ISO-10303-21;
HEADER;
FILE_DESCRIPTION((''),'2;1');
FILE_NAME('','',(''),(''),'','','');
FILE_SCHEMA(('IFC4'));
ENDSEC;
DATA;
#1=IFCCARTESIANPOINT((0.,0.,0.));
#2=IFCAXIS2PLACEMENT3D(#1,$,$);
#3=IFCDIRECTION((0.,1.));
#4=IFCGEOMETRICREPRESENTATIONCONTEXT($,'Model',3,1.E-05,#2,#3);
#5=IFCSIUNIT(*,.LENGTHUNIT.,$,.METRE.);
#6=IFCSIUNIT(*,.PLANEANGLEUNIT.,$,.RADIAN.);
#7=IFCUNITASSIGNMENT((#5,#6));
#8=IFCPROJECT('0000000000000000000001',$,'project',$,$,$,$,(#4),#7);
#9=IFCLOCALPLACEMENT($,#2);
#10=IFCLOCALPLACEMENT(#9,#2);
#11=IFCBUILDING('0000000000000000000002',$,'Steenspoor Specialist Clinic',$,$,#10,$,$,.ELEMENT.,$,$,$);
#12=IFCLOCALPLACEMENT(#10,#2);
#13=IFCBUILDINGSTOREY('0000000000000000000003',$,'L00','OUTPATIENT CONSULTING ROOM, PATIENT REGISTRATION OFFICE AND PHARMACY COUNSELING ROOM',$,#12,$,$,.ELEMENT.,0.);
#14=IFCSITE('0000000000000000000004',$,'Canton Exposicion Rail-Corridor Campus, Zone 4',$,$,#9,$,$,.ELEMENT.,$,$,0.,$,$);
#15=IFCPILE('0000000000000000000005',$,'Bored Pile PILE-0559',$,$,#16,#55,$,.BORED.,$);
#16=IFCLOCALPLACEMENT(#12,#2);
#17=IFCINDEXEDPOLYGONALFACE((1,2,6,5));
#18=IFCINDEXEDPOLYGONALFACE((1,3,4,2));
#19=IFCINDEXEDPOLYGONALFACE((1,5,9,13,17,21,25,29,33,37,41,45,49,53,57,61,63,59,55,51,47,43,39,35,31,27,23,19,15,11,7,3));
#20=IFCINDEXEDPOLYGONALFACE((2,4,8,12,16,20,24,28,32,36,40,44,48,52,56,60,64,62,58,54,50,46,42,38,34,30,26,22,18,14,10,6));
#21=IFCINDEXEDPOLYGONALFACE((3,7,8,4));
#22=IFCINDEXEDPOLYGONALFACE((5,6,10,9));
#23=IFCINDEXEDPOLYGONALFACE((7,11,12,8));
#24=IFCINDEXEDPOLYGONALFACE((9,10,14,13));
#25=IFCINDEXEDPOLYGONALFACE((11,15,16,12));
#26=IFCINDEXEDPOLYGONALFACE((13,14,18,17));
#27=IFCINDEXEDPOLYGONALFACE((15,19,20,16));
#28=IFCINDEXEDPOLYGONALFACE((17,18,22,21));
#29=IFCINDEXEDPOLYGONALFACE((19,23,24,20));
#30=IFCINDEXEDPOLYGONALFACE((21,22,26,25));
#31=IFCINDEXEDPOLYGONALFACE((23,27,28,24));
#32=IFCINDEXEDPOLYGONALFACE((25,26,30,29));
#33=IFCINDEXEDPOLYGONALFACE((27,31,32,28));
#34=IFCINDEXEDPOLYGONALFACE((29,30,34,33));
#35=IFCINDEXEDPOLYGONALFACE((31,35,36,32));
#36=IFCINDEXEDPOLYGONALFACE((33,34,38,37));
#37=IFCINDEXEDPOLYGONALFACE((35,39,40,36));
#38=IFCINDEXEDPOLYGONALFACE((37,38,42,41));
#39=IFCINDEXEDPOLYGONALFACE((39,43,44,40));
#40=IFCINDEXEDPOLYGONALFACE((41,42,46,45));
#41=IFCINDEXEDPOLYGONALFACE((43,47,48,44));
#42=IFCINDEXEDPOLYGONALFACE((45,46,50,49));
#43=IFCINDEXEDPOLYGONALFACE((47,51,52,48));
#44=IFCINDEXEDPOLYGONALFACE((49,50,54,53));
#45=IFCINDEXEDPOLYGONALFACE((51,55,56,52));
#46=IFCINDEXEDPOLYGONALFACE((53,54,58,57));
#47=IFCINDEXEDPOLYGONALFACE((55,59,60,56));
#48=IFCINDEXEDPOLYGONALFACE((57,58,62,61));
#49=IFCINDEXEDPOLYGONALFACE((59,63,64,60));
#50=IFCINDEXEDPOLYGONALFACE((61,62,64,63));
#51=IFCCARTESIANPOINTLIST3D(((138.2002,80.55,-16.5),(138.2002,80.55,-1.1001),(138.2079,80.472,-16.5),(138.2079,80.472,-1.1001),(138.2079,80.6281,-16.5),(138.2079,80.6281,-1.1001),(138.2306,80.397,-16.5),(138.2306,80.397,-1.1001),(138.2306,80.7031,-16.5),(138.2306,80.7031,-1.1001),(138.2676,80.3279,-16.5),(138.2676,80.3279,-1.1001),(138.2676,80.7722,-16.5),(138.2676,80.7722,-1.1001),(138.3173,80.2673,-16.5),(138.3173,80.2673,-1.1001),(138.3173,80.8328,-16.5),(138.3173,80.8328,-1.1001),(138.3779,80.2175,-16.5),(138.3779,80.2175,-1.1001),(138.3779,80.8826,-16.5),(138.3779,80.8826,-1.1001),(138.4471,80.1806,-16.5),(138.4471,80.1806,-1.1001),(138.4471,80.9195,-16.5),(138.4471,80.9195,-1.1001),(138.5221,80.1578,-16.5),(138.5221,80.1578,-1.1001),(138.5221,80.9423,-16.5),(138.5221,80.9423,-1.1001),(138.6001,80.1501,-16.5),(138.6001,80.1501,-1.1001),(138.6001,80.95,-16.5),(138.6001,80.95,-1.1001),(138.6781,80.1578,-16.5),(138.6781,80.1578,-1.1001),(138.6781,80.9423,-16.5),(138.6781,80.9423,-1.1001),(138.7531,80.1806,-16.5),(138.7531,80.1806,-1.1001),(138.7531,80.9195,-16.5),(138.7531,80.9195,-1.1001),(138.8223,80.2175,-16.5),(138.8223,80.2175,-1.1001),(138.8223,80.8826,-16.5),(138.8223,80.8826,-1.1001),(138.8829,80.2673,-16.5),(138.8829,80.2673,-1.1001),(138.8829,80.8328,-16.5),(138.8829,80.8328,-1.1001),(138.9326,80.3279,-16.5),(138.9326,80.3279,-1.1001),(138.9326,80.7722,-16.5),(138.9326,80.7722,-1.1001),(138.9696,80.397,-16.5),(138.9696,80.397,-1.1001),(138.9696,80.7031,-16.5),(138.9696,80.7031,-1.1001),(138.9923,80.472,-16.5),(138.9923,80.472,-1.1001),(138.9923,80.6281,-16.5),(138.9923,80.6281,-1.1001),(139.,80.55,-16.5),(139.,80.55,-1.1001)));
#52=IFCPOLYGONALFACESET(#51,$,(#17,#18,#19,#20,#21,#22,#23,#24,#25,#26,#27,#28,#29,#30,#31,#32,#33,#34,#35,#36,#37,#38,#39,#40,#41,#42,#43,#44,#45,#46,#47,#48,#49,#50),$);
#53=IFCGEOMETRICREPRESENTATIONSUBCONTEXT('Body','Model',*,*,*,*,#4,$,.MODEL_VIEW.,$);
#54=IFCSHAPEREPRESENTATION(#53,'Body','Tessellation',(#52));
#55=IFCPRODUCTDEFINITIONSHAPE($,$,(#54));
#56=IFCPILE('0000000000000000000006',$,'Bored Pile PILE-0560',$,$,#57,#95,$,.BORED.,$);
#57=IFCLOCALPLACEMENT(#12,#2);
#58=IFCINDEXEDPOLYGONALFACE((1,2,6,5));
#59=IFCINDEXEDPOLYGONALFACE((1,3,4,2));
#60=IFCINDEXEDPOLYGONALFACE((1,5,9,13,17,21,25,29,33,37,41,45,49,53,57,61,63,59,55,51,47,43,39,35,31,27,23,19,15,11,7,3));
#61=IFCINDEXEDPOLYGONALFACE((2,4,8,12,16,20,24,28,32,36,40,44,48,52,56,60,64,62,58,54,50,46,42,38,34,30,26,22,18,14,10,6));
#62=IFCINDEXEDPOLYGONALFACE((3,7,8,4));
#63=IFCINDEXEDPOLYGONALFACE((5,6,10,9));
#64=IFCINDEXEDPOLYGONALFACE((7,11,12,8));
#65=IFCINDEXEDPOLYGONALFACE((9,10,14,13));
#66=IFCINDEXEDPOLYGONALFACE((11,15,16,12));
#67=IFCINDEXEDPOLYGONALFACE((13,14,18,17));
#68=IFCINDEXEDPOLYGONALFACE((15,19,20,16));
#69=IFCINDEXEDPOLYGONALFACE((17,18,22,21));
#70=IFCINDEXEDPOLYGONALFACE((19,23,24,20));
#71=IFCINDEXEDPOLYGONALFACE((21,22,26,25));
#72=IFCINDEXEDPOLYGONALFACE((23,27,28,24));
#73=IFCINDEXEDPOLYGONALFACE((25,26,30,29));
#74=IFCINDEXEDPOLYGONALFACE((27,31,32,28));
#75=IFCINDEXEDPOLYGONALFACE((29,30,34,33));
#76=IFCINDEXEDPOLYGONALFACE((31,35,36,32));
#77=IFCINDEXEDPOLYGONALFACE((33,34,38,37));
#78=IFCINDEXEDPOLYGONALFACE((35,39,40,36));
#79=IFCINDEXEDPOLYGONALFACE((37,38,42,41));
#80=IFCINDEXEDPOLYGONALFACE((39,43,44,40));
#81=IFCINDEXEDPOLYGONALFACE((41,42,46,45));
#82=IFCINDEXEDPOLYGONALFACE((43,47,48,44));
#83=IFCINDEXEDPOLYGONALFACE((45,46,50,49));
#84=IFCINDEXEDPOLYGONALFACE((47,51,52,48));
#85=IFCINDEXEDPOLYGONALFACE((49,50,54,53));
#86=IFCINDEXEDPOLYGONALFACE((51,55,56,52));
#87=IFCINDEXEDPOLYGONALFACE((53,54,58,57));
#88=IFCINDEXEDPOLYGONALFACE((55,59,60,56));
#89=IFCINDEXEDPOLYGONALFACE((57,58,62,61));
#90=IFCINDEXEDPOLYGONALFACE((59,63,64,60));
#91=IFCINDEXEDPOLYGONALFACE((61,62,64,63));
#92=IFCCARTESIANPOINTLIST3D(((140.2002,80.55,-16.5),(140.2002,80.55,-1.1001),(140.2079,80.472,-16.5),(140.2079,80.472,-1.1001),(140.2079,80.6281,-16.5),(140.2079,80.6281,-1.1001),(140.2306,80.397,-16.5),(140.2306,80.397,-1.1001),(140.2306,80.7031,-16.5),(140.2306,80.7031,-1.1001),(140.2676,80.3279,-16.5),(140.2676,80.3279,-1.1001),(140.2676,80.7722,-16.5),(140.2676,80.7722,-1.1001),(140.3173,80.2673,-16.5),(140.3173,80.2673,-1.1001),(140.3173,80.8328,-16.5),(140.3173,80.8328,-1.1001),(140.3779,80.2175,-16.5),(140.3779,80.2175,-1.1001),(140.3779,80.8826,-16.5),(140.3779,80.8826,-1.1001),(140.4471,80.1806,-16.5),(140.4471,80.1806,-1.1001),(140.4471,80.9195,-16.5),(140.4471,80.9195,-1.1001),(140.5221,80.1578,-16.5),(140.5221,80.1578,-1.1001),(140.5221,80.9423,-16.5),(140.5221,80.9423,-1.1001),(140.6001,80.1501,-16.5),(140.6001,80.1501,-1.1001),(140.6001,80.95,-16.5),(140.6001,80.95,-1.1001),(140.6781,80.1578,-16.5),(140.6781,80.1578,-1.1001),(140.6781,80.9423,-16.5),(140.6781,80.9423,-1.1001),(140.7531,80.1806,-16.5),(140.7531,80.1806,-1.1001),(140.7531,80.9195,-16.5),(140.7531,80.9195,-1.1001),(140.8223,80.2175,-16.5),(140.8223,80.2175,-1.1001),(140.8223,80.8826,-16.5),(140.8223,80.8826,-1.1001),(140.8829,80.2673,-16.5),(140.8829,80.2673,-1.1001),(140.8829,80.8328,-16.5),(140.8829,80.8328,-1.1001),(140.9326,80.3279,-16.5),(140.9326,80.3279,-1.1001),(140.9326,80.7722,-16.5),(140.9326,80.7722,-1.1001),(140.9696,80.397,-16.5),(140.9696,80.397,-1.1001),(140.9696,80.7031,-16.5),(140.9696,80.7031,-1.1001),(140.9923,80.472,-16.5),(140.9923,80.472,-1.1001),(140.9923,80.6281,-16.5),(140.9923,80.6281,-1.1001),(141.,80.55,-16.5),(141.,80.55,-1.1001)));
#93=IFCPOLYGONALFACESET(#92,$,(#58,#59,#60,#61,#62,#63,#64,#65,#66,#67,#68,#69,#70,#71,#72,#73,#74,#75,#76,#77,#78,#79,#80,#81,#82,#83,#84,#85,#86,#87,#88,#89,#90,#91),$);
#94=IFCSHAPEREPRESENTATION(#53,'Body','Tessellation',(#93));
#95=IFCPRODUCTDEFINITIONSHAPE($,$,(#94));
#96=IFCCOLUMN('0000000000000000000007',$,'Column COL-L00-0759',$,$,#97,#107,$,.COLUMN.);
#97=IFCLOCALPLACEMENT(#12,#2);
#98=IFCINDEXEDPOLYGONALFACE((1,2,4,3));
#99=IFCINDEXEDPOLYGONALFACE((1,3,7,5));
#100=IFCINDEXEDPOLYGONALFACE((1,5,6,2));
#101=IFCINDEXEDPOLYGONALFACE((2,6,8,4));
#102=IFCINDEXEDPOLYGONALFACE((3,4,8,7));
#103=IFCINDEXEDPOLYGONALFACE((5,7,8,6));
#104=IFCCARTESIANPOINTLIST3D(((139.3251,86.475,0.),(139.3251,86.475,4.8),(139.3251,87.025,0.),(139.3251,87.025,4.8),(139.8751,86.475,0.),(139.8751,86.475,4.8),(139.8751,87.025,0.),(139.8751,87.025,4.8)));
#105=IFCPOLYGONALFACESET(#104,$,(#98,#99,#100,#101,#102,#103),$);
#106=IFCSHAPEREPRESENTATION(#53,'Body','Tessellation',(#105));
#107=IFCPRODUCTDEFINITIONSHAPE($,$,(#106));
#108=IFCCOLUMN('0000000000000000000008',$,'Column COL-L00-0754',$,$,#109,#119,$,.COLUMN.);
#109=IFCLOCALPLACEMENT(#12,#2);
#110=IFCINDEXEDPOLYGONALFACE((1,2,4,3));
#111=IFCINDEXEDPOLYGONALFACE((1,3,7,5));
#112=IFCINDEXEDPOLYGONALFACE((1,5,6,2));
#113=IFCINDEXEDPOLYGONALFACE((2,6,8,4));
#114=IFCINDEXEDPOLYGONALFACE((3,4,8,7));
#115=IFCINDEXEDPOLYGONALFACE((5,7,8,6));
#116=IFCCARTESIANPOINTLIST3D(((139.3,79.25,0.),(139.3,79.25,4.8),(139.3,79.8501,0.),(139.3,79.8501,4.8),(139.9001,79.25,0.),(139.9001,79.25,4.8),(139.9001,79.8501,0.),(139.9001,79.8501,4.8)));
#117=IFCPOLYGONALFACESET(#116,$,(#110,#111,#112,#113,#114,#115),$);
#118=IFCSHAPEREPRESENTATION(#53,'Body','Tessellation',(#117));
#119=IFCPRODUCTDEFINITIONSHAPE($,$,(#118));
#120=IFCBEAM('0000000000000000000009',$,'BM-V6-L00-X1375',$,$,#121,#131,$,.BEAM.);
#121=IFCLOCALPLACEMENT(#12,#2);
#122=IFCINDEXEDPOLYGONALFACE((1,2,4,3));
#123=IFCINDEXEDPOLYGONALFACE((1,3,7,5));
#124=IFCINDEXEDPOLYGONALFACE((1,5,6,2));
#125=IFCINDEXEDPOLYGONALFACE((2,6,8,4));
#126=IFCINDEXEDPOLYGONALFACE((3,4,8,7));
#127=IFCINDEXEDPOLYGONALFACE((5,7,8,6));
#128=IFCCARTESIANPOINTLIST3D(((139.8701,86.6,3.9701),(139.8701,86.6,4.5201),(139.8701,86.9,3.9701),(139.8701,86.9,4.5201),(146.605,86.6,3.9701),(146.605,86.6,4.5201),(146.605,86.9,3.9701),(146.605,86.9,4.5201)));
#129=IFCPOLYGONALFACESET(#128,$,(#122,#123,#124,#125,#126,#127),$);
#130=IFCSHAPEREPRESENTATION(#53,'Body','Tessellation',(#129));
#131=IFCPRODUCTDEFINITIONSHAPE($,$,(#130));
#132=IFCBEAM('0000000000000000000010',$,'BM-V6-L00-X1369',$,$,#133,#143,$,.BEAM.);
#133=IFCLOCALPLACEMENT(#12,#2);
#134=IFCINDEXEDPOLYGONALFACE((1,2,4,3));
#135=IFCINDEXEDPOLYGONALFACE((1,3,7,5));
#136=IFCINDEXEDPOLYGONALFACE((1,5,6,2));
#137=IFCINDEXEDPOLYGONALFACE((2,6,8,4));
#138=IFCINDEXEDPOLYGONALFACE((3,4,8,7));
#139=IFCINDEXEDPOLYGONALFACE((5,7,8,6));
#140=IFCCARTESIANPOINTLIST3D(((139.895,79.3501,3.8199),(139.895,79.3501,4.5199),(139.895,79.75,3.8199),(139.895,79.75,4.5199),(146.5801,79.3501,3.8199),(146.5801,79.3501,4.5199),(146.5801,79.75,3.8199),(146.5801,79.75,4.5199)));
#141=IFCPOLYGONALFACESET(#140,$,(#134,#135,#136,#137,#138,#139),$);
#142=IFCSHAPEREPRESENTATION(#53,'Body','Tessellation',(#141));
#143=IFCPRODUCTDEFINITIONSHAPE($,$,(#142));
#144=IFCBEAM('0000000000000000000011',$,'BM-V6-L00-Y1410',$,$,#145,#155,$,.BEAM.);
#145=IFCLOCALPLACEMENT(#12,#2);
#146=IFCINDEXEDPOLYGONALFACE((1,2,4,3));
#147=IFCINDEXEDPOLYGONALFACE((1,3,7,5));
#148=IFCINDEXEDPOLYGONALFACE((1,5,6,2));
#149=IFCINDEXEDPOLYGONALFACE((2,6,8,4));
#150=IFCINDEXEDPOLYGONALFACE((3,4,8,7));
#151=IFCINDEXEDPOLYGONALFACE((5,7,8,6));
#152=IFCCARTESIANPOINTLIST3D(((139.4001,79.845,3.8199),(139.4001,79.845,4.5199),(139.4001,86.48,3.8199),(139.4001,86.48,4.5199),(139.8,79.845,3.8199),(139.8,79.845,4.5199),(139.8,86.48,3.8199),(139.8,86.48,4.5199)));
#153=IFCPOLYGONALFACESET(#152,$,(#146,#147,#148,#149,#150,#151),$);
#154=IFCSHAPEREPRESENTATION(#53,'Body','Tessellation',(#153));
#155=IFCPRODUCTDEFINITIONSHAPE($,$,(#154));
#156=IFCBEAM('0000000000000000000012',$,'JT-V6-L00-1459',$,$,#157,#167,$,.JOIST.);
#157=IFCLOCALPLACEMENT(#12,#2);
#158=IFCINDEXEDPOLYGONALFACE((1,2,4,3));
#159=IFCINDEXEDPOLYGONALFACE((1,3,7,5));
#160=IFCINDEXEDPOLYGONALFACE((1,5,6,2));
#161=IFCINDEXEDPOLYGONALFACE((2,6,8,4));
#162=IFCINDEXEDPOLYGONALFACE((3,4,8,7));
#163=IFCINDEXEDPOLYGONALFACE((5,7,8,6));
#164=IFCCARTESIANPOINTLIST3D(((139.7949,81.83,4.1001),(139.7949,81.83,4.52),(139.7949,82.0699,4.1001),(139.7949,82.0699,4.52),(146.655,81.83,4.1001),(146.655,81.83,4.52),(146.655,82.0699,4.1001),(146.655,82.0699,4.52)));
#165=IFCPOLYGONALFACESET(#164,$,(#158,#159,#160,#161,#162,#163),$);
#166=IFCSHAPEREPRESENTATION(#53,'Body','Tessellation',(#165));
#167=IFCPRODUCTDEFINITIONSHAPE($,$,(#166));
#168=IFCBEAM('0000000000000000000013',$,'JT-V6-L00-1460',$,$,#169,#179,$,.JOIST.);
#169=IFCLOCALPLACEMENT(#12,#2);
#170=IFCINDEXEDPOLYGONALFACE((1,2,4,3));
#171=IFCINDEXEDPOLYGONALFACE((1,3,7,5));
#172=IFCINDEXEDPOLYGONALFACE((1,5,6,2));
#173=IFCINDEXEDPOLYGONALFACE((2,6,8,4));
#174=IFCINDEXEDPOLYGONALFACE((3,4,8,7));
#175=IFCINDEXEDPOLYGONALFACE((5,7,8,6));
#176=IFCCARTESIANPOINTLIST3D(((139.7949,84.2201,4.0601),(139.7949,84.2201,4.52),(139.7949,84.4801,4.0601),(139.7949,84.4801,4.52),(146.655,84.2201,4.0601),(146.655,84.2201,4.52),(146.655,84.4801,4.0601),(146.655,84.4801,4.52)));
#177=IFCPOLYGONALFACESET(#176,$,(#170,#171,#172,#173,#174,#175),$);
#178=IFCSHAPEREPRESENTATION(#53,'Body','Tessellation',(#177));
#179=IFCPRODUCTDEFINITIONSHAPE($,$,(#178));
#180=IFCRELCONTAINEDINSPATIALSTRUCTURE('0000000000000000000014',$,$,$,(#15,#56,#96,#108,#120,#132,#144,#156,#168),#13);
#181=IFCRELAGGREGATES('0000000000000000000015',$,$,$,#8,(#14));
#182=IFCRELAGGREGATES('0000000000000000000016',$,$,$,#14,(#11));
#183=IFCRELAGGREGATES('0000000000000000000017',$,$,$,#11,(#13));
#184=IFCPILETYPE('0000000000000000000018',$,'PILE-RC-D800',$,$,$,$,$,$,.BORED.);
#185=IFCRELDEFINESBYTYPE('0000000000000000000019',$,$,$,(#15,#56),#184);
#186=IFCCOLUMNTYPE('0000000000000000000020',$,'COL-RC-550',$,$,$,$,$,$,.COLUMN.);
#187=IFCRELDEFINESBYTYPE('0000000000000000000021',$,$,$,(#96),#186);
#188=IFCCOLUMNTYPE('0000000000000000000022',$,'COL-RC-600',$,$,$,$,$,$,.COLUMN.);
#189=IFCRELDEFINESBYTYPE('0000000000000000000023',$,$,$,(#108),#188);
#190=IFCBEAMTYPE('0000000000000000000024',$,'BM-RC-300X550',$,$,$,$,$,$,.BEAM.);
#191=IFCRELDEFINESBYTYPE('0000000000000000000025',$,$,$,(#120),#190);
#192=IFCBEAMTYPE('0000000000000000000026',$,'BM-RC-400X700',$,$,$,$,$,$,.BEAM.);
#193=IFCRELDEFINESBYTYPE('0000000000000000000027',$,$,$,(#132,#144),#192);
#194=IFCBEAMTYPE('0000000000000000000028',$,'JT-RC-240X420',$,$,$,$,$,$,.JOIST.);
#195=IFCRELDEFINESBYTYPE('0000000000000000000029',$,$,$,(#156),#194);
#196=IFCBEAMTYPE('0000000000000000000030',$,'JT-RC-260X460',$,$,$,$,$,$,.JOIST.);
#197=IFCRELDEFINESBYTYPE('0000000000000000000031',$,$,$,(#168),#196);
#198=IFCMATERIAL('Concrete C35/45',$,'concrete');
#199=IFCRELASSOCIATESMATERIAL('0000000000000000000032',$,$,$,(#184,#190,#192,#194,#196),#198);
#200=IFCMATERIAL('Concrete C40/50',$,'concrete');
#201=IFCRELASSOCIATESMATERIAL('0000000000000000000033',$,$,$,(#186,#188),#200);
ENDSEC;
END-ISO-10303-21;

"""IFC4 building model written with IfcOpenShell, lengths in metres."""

from ifc_helpers import new_model, si_unit, direction, frame, origin, origin_2d, place, context, subcontext, project, spatial, rectangle, circle, extrude, material, material_profile, profile_set, type_object, element, save


model = new_model("IFC4")

# Units and contexts
model_context = context("Model", 3, precision=1e-05, world=origin(), true_north=direction((0.0, 1.0)))
body_context = subcontext(model_context, "Body", "Model", "MODEL_VIEW")
ifc_project = project(units=[si_unit("LENGTHUNIT", "METRE"), si_unit("PLANEANGLEUNIT", "RADIAN")], contexts=[model_context])

# Site, building, storey
site_placement = place(None, origin())
site = spatial("IfcSite", under=ifc_project, at=site_placement, Name="Canton Exposicion Rail-Corridor Campus, Zone 4", CompositionType="ELEMENT", RefElevation=0.0)
building_placement = place(site_placement, origin())
building = spatial("IfcBuilding", under=site, at=building_placement, Name="Steenspoor Specialist Clinic", CompositionType="ELEMENT")
storey_placement = place(building_placement, origin())
storey = spatial("IfcBuildingStorey", under=building, at=storey_placement, Name="L00", Description="OUTPATIENT CONSULTING ROOM, PATIENT REGISTRATION OFFICE AND PHARMACY COUNSELING ROOM", CompositionType="ELEMENT", Elevation=0.0)

# Shared definitions
ifc_material_1 = material(Name="Concrete C35/45", Category="concrete")

# Piles
ifc_material_profile_1 = material_profile(ifc_material_1, circle(Radius=0.3999, at=origin_2d()), Name="PILE-D800")
ifc_profile_set_1 = profile_set([ifc_material_profile_1], Name="Concrete C35/45")
pile_type_1 = type_object("IfcPileType", Name="PILE-RC-D800", PredefinedType="BORED", material=ifc_profile_set_1)
for number, where, z_axis, x_axis, name in (
    (1, (138.6001, 80.55, -1.1001), (0.0, 0.0, -1.0), (1.0, 0.0, 0.0), "Bored Pile PILE-0559"),
    (2, (140.6001, 80.55, -1.1001), (0.0, 0.0, -1.0), (1.0, 0.0, 0.0), "Bored Pile PILE-0560"),
):
    element("IfcPile", number, at=place(storey_placement, frame(where, z_axis=z_axis, x_axis=x_axis)), inside=storey, type_object=pile_type_1, Name=name, PredefinedType="BORED", context=body_context, shape_type="SweptSolid", body=[
        extrude(circle(Radius=0.3999, at=origin_2d()), origin(), (0.0, 0.0, 1.0), 15.3999),
    ])

# Columns
ifc_material_2 = material(Name="Concrete C40/50", Category="concrete")
ifc_material_profile_2 = material_profile(ifc_material_2, rectangle(XDim=0.55, YDim=0.55, at=origin_2d()), Name="RC-COL-550X550")
ifc_profile_set_2 = profile_set([ifc_material_profile_2], Name="Concrete C40/50")
column_type_1 = type_object("IfcColumnType", Name="COL-RC-550", PredefinedType="COLUMN", material=ifc_profile_set_2)
column_1_placement = place(storey_placement, frame((139.6001, 86.75, 0.0), z_axis=(0.0, 0.0, 1.0), x_axis=(1.0, 0.0, 0.0)))
element("IfcColumn", 3, at=column_1_placement, inside=storey, type_object=column_type_1, Name="Column COL-L00-0759", PredefinedType="COLUMN", context=body_context, shape_type="SweptSolid", body=[
    extrude(rectangle(XDim=0.55, YDim=0.55, at=origin_2d()), origin(), (0.0, 0.0, 1.0), 4.8),
])
ifc_material_profile_3 = material_profile(ifc_material_2, rectangle(XDim=0.6001, YDim=0.6001, at=origin_2d()), Name="RC-COL-600X600")
ifc_profile_set_3 = profile_set([ifc_material_profile_3], Name="Concrete C40/50")
column_type_2 = type_object("IfcColumnType", Name="COL-RC-600", PredefinedType="COLUMN", material=ifc_profile_set_3)
column_2_placement = place(storey_placement, frame((139.6001, 79.55, 0.0), z_axis=(0.0, 0.0, 1.0), x_axis=(1.0, 0.0, 0.0)))
element("IfcColumn", 4, at=column_2_placement, inside=storey, type_object=column_type_2, Name="Column COL-L00-0754", PredefinedType="COLUMN", context=body_context, shape_type="SweptSolid", body=[
    extrude(rectangle(XDim=0.6001, YDim=0.6001, at=origin_2d()), origin(), (0.0, 0.0, 1.0), 4.8),
])

# Beams
ifc_material_profile_4 = material_profile(ifc_material_1, rectangle(XDim=0.3, YDim=0.55, at=origin_2d()), Name="RC-BM-300X550")
ifc_profile_set_4 = profile_set([ifc_material_profile_4], Name="Concrete C35/45")
beam_type_1 = type_object("IfcBeamType", Name="BM-RC-300X550", PredefinedType="BEAM", material=ifc_profile_set_4)
beam_1_placement = place(storey_placement, frame((139.8701, 86.75, 4.2451), z_axis=(1.0, 0.0, 0.0), x_axis=(0.0, 1.0, 0.0)))
element("IfcBeam", 5, at=beam_1_placement, inside=storey, type_object=beam_type_1, Name="BM-V6-L00-X1375", PredefinedType="BEAM", context=body_context, shape_type="SweptSolid", body=[
    extrude(rectangle(XDim=0.3, YDim=0.55, at=origin_2d()), origin(), (0.0, 0.0, 1.0), 6.7349),
])
ifc_material_profile_5 = material_profile(ifc_material_1, rectangle(XDim=0.3999, YDim=0.7, at=origin_2d()), Name="RC-BM-400X700")
ifc_profile_set_5 = profile_set([ifc_material_profile_5], Name="Concrete C35/45")
beam_type_2 = type_object("IfcBeamType", Name="BM-RC-400X700", PredefinedType="BEAM", material=ifc_profile_set_5)
beam_2_placement = place(storey_placement, frame((139.895, 79.55, 4.1699), z_axis=(1.0, 0.0, 0.0), x_axis=(0.0, 1.0, 0.0)))
element("IfcBeam", 6, at=beam_2_placement, inside=storey, type_object=beam_type_2, Name="BM-V6-L00-X1369", PredefinedType="BEAM", context=body_context, shape_type="SweptSolid", body=[
    extrude(rectangle(XDim=0.3999, YDim=0.7, at=origin_2d()), origin(), (0.0, 0.0, 1.0), 6.6851),
])
beam_3_placement = place(storey_placement, frame((139.6001, 79.845, 4.1699), z_axis=(0.0, 1.0, 0.0), x_axis=(-1.0, 0.0, 0.0)))
element("IfcBeam", 7, at=beam_3_placement, inside=storey, type_object=beam_type_2, Name="BM-V6-L00-Y1410", PredefinedType="BEAM", context=body_context, shape_type="SweptSolid", body=[
    extrude(rectangle(XDim=0.3999, YDim=0.7, at=origin_2d()), origin(), (0.0, 0.0, 1.0), 6.635),
])
ifc_material_profile_6 = material_profile(ifc_material_1, rectangle(XDim=0.24, YDim=0.4199, at=origin_2d()), Name="RC-JT-240X420")
ifc_profile_set_6 = profile_set([ifc_material_profile_6], Name="Concrete C35/45")
beam_type_3 = type_object("IfcBeamType", Name="JT-RC-240X420", PredefinedType="JOIST", material=ifc_profile_set_6)
beam_4_placement = place(storey_placement, frame((139.7949, 81.95, 4.3101), z_axis=(1.0, 0.0, 0.0), x_axis=(0.0, 1.0, 0.0)))
element("IfcBeam", 8, at=beam_4_placement, inside=storey, type_object=beam_type_3, Name="JT-V6-L00-1459", PredefinedType="JOIST", context=body_context, shape_type="SweptSolid", body=[
    extrude(rectangle(XDim=0.24, YDim=0.4199, at=origin_2d()), origin(), (0.0, 0.0, 1.0), 6.8601),
])
ifc_material_profile_7 = material_profile(ifc_material_1, rectangle(XDim=0.26, YDim=0.46, at=origin_2d()), Name="RC-JT-260X460")
ifc_profile_set_7 = profile_set([ifc_material_profile_7], Name="Concrete C35/45")
beam_type_4 = type_object("IfcBeamType", Name="JT-RC-260X460", PredefinedType="JOIST", material=ifc_profile_set_7)
beam_5_placement = place(storey_placement, frame((139.7949, 84.3501, 4.29), z_axis=(1.0, 0.0, 0.0), x_axis=(0.0, 1.0, 0.0)))
element("IfcBeam", 9, at=beam_5_placement, inside=storey, type_object=beam_type_4, Name="JT-V6-L00-1460", PredefinedType="JOIST", context=body_context, shape_type="SweptSolid", body=[
    extrude(rectangle(XDim=0.26, YDim=0.46, at=origin_2d()), origin(), (0.0, 0.0, 1.0), 6.8601),
])

save(model, "model.ifc")
